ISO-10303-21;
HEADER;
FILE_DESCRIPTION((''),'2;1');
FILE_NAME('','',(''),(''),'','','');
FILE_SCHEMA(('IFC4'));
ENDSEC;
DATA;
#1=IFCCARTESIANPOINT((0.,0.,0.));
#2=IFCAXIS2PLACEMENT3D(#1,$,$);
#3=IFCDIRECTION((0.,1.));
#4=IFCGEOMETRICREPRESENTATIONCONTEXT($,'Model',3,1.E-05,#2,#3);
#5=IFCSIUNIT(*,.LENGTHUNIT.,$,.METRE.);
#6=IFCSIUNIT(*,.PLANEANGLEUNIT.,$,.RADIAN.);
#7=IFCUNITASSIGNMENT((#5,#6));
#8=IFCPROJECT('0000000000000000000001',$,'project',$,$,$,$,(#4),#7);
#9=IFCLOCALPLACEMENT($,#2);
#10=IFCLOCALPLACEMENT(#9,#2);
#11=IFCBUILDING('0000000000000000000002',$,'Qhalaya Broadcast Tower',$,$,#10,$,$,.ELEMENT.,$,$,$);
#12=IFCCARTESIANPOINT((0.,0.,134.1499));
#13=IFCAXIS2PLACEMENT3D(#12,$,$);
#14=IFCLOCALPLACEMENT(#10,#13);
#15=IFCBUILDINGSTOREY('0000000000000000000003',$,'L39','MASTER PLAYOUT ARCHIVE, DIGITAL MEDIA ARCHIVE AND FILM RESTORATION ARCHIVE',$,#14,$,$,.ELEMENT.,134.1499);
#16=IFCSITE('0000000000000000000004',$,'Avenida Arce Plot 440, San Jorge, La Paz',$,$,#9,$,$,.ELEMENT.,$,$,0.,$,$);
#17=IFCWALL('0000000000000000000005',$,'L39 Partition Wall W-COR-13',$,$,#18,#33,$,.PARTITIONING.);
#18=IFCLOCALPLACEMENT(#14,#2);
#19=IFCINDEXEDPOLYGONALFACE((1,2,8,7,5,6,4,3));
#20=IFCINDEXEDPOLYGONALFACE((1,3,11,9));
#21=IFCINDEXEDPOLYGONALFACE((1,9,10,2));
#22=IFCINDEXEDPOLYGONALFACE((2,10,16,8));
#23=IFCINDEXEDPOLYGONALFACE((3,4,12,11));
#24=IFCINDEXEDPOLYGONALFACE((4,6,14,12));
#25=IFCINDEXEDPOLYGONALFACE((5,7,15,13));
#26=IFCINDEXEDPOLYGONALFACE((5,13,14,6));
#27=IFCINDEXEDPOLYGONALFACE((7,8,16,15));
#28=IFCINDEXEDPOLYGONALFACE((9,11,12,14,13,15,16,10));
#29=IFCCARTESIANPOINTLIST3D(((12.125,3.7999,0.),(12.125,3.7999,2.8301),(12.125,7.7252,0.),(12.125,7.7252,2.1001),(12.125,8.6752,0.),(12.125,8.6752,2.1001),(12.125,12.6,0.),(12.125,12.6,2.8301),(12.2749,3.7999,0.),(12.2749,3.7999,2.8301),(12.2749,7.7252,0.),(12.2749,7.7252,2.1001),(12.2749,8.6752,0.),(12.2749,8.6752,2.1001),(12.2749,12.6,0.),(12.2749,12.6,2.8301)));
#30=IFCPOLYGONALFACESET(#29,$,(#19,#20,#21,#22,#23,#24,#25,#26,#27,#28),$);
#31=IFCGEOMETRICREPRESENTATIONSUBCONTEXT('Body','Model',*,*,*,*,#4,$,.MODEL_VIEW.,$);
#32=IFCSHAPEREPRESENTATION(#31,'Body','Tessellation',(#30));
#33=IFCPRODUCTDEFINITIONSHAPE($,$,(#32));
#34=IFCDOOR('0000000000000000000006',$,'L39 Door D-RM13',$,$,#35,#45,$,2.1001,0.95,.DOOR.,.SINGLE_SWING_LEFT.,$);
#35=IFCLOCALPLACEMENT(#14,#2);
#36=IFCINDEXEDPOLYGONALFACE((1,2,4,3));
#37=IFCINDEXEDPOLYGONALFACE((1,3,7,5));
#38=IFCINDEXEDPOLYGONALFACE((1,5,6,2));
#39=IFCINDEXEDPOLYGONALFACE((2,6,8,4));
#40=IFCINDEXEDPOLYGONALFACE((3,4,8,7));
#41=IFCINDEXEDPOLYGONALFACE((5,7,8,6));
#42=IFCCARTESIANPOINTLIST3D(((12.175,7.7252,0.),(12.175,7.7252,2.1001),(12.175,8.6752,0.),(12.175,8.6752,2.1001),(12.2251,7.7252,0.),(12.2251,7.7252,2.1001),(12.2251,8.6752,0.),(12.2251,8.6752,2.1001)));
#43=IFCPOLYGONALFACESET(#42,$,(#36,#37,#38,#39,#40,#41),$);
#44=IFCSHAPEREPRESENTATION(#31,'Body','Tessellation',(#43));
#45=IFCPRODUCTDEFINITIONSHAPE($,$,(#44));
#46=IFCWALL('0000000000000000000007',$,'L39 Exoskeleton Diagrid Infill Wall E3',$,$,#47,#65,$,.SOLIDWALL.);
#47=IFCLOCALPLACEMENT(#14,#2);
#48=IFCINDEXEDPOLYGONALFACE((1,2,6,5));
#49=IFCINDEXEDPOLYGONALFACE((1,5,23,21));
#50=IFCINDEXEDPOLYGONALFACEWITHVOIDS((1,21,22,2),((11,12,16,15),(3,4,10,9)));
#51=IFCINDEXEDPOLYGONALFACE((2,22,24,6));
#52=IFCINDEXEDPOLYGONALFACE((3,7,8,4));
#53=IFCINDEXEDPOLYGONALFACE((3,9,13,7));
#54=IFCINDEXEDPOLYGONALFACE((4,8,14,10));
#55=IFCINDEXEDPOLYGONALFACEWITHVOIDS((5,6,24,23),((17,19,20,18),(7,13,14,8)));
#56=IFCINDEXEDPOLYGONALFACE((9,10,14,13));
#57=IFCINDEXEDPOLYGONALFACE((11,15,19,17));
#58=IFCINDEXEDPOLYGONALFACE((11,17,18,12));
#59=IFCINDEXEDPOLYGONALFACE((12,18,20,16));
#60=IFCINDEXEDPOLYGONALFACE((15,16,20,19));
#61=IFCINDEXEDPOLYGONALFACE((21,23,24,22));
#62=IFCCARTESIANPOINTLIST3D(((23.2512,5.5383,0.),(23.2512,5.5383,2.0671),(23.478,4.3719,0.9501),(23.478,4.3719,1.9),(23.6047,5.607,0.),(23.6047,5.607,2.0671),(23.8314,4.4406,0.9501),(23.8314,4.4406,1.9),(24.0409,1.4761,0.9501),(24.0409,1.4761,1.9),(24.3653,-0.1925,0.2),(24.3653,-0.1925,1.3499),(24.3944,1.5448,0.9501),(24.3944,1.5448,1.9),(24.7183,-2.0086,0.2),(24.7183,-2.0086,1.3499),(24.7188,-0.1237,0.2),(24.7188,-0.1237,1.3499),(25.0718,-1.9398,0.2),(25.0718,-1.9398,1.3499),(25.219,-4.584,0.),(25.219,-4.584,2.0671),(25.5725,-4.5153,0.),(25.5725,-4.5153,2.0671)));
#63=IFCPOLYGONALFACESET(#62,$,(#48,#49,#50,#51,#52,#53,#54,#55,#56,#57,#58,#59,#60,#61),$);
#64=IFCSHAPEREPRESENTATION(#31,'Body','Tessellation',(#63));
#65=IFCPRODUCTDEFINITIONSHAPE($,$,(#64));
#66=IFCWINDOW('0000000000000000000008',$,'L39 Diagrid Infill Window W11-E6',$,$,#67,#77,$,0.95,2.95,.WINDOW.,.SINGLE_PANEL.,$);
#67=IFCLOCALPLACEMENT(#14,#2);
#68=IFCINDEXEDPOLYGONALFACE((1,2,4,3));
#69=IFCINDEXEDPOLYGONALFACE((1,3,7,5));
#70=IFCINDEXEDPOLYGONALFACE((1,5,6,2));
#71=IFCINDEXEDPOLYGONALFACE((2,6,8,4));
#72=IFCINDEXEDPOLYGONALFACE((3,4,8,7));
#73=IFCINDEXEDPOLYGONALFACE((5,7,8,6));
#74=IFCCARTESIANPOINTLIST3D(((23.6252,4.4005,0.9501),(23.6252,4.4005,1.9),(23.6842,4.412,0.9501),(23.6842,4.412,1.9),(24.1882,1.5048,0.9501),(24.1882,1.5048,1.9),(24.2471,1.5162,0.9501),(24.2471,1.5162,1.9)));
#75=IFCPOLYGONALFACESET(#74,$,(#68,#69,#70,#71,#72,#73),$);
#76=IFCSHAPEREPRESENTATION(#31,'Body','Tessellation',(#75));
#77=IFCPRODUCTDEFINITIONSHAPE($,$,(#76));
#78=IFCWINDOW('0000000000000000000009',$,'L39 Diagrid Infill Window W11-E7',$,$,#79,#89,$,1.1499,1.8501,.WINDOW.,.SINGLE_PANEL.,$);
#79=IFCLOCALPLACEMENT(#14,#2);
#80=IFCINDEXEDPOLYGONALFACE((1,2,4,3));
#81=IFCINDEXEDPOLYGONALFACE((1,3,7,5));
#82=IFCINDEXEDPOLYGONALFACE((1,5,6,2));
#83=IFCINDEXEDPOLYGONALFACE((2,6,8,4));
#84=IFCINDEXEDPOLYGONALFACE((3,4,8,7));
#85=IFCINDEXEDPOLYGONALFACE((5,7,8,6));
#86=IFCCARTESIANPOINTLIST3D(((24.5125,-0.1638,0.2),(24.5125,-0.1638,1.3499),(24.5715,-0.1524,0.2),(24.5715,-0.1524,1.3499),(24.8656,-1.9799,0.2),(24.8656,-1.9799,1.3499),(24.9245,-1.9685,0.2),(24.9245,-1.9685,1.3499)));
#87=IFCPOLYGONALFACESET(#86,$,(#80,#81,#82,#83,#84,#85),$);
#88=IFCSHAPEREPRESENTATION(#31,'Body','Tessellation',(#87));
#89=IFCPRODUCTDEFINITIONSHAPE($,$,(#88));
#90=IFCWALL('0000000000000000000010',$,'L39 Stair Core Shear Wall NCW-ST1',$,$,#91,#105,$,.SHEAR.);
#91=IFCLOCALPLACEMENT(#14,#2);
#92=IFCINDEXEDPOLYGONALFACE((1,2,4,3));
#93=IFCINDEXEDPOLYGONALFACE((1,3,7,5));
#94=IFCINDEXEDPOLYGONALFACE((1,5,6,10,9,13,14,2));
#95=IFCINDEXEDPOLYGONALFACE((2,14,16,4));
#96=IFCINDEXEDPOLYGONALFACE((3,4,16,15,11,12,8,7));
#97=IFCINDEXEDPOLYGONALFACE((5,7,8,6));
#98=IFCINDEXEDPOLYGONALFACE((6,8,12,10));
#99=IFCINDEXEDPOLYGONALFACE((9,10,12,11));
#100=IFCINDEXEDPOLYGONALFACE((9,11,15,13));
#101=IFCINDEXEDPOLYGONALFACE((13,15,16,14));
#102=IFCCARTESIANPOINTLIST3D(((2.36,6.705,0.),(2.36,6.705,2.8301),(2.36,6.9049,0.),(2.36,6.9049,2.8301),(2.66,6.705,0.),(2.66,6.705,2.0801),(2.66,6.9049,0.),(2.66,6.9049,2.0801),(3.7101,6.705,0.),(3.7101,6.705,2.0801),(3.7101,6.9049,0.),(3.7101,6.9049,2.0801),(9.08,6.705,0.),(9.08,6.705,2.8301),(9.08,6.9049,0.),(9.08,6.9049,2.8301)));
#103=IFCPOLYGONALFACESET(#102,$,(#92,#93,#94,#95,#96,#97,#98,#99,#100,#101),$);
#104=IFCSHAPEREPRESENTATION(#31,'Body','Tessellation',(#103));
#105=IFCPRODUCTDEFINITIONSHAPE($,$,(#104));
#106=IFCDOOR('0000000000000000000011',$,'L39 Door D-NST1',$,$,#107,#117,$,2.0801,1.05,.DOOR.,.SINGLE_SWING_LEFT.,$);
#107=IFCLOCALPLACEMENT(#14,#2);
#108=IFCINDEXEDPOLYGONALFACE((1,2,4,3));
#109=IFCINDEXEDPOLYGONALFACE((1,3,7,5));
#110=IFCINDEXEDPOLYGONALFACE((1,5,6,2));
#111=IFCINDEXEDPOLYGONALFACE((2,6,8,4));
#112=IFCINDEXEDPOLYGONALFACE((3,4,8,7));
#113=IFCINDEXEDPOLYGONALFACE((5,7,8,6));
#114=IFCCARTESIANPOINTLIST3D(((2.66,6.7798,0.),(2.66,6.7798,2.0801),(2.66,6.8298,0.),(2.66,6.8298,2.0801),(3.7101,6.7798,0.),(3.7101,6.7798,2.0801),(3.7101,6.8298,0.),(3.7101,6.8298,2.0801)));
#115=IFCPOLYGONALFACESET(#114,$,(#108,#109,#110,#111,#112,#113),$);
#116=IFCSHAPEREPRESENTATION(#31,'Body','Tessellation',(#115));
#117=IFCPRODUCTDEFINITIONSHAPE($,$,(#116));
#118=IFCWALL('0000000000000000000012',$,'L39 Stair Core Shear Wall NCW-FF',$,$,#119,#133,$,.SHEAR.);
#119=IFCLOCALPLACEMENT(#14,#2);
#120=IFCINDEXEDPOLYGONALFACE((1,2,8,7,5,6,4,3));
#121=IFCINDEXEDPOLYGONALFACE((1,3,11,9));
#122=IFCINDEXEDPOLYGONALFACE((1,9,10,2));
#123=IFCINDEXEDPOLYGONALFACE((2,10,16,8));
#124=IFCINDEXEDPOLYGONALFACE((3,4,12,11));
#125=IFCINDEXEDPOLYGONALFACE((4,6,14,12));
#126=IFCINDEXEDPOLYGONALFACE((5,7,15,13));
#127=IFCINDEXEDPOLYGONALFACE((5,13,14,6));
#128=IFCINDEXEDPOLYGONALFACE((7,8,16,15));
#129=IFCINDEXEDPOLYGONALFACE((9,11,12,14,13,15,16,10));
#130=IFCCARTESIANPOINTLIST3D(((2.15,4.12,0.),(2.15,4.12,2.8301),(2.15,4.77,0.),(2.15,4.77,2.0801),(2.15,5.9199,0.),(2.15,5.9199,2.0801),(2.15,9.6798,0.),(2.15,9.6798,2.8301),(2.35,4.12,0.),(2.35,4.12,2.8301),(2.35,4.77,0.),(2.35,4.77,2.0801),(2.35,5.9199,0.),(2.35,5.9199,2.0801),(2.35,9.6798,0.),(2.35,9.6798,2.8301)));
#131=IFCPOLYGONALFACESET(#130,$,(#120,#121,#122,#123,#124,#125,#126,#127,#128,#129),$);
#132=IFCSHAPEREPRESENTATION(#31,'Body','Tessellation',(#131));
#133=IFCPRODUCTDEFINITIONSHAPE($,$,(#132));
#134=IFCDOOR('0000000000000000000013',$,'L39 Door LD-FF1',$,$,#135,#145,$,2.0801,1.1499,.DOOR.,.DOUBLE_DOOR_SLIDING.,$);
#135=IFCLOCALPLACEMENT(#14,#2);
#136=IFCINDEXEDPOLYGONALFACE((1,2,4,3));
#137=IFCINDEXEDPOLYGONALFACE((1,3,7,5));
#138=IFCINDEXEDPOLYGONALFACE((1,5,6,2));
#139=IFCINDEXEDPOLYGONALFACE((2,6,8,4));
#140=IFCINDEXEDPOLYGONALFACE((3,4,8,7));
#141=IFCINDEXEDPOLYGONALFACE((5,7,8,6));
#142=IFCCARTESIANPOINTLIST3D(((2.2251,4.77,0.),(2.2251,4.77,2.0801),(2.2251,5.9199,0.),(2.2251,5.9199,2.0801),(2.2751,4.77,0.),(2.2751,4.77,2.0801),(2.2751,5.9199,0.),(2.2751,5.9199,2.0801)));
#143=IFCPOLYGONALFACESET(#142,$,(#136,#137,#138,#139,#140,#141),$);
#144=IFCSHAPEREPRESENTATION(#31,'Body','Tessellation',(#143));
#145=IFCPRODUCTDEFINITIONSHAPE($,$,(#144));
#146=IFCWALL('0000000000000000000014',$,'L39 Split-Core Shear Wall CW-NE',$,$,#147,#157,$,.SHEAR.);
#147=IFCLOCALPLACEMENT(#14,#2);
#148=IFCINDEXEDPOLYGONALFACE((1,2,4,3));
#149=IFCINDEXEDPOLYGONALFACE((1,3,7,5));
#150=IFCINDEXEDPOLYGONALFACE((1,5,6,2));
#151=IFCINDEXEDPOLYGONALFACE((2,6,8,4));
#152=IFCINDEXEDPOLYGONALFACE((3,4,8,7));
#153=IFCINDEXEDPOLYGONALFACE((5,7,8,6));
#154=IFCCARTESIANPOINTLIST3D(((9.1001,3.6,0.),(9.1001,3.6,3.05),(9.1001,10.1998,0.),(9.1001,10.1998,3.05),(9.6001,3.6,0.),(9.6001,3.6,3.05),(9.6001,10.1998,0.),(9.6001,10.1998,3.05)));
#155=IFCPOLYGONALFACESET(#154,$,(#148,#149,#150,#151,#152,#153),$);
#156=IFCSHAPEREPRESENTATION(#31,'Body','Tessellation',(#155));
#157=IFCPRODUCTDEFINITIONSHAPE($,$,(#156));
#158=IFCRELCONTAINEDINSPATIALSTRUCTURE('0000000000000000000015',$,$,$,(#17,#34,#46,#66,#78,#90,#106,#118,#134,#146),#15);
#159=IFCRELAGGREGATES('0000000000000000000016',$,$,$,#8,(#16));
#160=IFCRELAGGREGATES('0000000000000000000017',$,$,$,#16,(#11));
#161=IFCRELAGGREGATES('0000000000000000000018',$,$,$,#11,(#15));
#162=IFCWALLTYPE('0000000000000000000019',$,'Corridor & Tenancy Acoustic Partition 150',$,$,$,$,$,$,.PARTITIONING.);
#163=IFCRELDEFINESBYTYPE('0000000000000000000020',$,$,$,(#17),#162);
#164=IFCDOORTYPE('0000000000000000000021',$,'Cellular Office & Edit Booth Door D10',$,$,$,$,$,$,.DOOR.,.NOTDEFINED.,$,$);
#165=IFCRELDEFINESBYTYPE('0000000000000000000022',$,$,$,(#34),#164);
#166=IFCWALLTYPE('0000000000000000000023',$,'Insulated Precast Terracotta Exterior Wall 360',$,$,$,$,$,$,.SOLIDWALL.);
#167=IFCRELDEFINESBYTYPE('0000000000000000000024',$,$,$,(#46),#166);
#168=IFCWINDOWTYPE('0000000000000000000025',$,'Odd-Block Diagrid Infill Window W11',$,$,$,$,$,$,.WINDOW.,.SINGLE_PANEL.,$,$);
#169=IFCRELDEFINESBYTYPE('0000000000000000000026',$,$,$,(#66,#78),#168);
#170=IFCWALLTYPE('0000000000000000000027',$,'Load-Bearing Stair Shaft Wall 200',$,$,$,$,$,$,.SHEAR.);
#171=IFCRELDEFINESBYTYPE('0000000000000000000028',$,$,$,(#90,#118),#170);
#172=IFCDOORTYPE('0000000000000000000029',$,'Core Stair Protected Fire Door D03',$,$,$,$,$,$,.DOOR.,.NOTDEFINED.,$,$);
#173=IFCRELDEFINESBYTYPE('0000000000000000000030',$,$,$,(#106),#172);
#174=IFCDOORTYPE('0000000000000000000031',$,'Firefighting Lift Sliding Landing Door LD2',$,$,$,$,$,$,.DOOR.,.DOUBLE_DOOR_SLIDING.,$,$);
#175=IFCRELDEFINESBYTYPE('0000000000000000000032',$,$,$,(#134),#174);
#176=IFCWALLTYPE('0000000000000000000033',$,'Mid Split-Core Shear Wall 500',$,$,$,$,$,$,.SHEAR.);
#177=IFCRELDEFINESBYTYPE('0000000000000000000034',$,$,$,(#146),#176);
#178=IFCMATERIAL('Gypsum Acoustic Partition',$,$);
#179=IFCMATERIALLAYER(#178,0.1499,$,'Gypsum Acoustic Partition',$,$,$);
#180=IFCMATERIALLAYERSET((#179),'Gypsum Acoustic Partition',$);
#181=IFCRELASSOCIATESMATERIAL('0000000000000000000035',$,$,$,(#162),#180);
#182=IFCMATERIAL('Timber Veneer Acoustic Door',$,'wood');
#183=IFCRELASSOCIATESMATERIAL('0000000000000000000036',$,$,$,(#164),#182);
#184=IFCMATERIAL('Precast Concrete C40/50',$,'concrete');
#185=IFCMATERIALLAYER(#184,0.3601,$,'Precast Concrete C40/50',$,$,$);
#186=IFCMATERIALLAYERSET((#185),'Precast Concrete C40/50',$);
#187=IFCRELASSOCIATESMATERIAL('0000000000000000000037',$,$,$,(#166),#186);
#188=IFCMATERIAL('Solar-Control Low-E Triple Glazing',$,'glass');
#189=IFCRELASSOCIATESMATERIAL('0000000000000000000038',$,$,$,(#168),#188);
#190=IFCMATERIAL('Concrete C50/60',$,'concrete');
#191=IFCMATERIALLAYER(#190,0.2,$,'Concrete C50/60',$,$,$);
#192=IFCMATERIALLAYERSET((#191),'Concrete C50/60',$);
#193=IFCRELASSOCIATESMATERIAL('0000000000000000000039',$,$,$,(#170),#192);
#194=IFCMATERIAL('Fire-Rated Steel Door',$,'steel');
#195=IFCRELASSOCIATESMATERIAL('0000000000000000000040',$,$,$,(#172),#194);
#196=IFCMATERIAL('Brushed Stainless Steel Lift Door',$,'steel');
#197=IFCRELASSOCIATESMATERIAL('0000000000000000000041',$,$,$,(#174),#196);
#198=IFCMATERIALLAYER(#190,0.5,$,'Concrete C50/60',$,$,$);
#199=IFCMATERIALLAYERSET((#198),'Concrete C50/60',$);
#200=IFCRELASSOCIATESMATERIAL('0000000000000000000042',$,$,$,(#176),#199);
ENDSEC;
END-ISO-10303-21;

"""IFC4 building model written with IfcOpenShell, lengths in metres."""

from ifc_helpers import new_model, si_unit, direction, frame, frame_2d, origin, place, context, subcontext, project, spatial, rectangle, extrude, material, layer, layer_set, type_object, element, fill, save


model = new_model("IFC4")

# Units and contexts
model_context = context("Model", 3, precision=1e-05, world=origin(), true_north=direction((0.0, 1.0)))
body_context = subcontext(model_context, "Body", "Model", "MODEL_VIEW")
ifc_project = project(units=[si_unit("LENGTHUNIT", "METRE"), si_unit("PLANEANGLEUNIT", "RADIAN")], contexts=[model_context])

# Site, building, storey
site_placement = place(None, origin())
site = spatial("IfcSite", under=ifc_project, at=site_placement, Name="Avenida Arce Plot 440, San Jorge, La Paz", CompositionType="ELEMENT", RefElevation=0.0)
building_placement = place(site_placement, origin())
building = spatial("IfcBuilding", under=site, at=building_placement, Name="Qhalaya Broadcast Tower", CompositionType="ELEMENT")
storey_placement = place(building_placement, frame((0.0, 0.0, 134.1499)))
storey = spatial("IfcBuildingStorey", under=building, at=storey_placement, Name="L39", Description="MASTER PLAYOUT ARCHIVE, DIGITAL MEDIA ARCHIVE AND FILM RESTORATION ARCHIVE", CompositionType="ELEMENT", Elevation=134.1499)

# Shared definitions
ifc_material_1 = material(Name="Concrete C50/60", Category="concrete")

# Wall, opening, door
ifc_material_2 = material(Name="Gypsum Acoustic Partition")
ifc_layer_1 = layer(ifc_material_2, 0.1499, Name="Gypsum Acoustic Partition")
ifc_layer_set_1 = layer_set([ifc_layer_1], Name="Gypsum Acoustic Partition")
wall_type_1 = type_object("IfcWallType", Name="Corridor & Tenancy Acoustic Partition 150", PredefinedType="PARTITIONING", material=ifc_layer_set_1)
wall_1_placement = place(storey_placement, frame((12.2, 3.8, 0.0), z_axis=(0.0, 0.0, 1.0), x_axis=(0.0, 1.0, 0.0)))
wall_1 = element("IfcWall", 1, at=wall_1_placement, inside=storey, type_object=wall_type_1, Name="L39 Partition Wall W-COR-13", PredefinedType="PARTITIONING", context=body_context, shape_type="SweptSolid", body=[
    extrude(rectangle(XDim=8.8, YDim=0.1499, at=frame_2d((4.3999, 0.0))), origin(), (0.0, 0.0, 1.0), 2.8301),
])
opening_1_placement = place(wall_1_placement, frame((3.925, 0.0, 0.0)))
opening_1 = element("IfcOpeningElement", 2, at=opening_1_placement, cuts=wall_1, PredefinedType="OPENING", context=body_context, shape_type="SweptSolid", body=[
    extrude(rectangle(XDim=0.95, YDim=2.1001, at=frame_2d((0.4751, 1.05))), frame((0.0, 0.0869, 0.0), z_axis=(0.0, -1.0, 0.0), x_axis=(1.0, 0.0, 0.0)), (0.0, 0.0, 1.0), 0.1738),
])
ifc_material_3 = material(Name="Timber Veneer Acoustic Door", Category="wood")
door_type_1 = type_object("IfcDoorType", Name="Cellular Office & Edit Booth Door D10", OperationType="NOTDEFINED", PredefinedType="DOOR", material=ifc_material_3)
door_1_placement = place(opening_1_placement, origin())
door_1 = element("IfcDoor", 3, at=door_1_placement, inside=storey, type_object=door_type_1, Name="L39 Door D-RM13", OperationType="SINGLE_SWING_LEFT", OverallHeight=2.1001, OverallWidth=0.95, PredefinedType="DOOR", context=body_context, shape_type="SweptSolid", body=[
    extrude(rectangle(XDim=0.95, YDim=2.1001, at=frame_2d((0.4751, 1.05))), frame((0.0, 0.0249, 0.0), z_axis=(0.0, -1.0, 0.0), x_axis=(1.0, 0.0, 0.0)), (0.0, 0.0, 1.0), 0.05),
])
fill(opening_1, door_1)

# Wall, openings, windows
ifc_material_4 = material(Name="Precast Concrete C40/50", Category="concrete")
ifc_layer_2 = layer(ifc_material_4, 0.3601, Name="Precast Concrete C40/50")
ifc_layer_set_2 = layer_set([ifc_layer_2], Name="Precast Concrete C40/50")
wall_type_2 = type_object("IfcWallType", Name="Insulated Precast Terracotta Exterior Wall 360", PredefinedType="SOLIDWALL", material=ifc_layer_set_2)
wall_2_placement = place(storey_placement, frame((23.428, 5.5725, 0.0), z_axis=(0.0, 0.0, 1.0), x_axis=(0.190827, -0.981624, 0.0)))
wall_2 = element("IfcWall", 4, at=wall_2_placement, inside=storey, type_object=wall_type_2, Name="L39 Exoskeleton Diagrid Infill Wall E3", PredefinedType="SOLIDWALL", context=body_context, shape_type="SweptSolid", body=[
    extrude(rectangle(XDim=10.3118, YDim=0.3601, at=frame_2d((5.1558, 0.0))), origin(), (0.0, 0.0, 1.0), 2.0671),
])
opening_2_placement = place(wall_2_placement, frame((1.188, 0.0, 0.95)))
opening_2 = element("IfcOpeningElement", 5, at=opening_2_placement, cuts=wall_2, PredefinedType="OPENING", context=body_context, shape_type="SweptSolid", body=[
    extrude(rectangle(XDim=2.95, YDim=0.95, at=frame_2d((1.4751, 0.4751))), frame((0.0, 0.1921, 0.0), z_axis=(0.0, -1.0, 0.0), x_axis=(1.0, 0.0, 0.0)), (0.0, 0.0, 1.0), 0.384),
])
opening_3_placement = place(wall_2_placement, frame((5.8379, 0.0, 0.2)))
opening_3 = element("IfcOpeningElement", 6, at=opening_3_placement, cuts=wall_2, PredefinedType="OPENING", context=body_context, shape_type="SweptSolid", body=[
    extrude(rectangle(XDim=1.8501, YDim=1.1499, at=frame_2d((0.925, 0.575))), frame((0.0, 0.1921, 0.0), z_axis=(0.0, -1.0, 0.0), x_axis=(1.0, 0.0, 0.0)), (0.0, 0.0, 1.0), 0.384),
])
ifc_material_5 = material(Name="Solar-Control Low-E Triple Glazing", Category="glass")
window_type = type_object("IfcWindowType", Name="Odd-Block Diagrid Infill Window W11", PartitioningType="SINGLE_PANEL", PredefinedType="WINDOW", material=ifc_material_5)
window_1_placement = place(opening_2_placement, origin())
window_1 = element("IfcWindow", 7, at=window_1_placement, inside=storey, type_object=window_type, Name="L39 Diagrid Infill Window W11-E6", OverallHeight=0.95, OverallWidth=2.95, PartitioningType="SINGLE_PANEL", PredefinedType="WINDOW", context=body_context, shape_type="SweptSolid", body=[
    extrude(rectangle(XDim=2.95, YDim=0.95, at=frame_2d((1.4751, 0.4751))), frame((0.0, 0.03, 0.0), z_axis=(0.0, -1.0, 0.0), x_axis=(1.0, 0.0, 0.0)), (0.0, 0.0, 1.0), 0.0601),
])
fill(opening_2, window_1)
window_2_placement = place(opening_3_placement, origin())
window_2 = element("IfcWindow", 8, at=window_2_placement, inside=storey, type_object=window_type, Name="L39 Diagrid Infill Window W11-E7", OverallHeight=1.1499, OverallWidth=1.8501, PartitioningType="SINGLE_PANEL", PredefinedType="WINDOW", context=body_context, shape_type="SweptSolid", body=[
    extrude(rectangle(XDim=1.8501, YDim=1.1499, at=frame_2d((0.925, 0.575))), frame((0.0, 0.03, 0.0), z_axis=(0.0, -1.0, 0.0), x_axis=(1.0, 0.0, 0.0)), (0.0, 0.0, 1.0), 0.0601),
])
fill(opening_3, window_2)

# Walls, openings, doors
ifc_layer_3 = layer(ifc_material_1, 0.2, Name="Concrete C50/60")
ifc_layer_set_3 = layer_set([ifc_layer_3], Name="Concrete C50/60")
wall_type_3 = type_object("IfcWallType", Name="Load-Bearing Stair Shaft Wall 200", PredefinedType="SHEAR", material=ifc_layer_set_3)
wall_3_placement = place(storey_placement, frame((2.3601, 6.8049, 0.0), z_axis=(0.0, 0.0, 1.0), x_axis=(1.0, 0.0, 0.0)))
wall_3 = element("IfcWall", 9, at=wall_3_placement, inside=storey, type_object=wall_type_3, Name="L39 Stair Core Shear Wall NCW-ST1", PredefinedType="SHEAR", context=body_context, shape_type="SweptSolid", body=[
    extrude(rectangle(XDim=6.72, YDim=0.2, at=frame_2d((3.3599, 0.0))), origin(), (0.0, 0.0, 1.0), 2.8301),
])
opening_4_placement = place(wall_3_placement, frame((0.3, 0.0, 0.0)))
opening_4 = element("IfcOpeningElement", 10, at=opening_4_placement, cuts=wall_3, PredefinedType="OPENING", context=body_context, shape_type="SweptSolid", body=[
    extrude(rectangle(XDim=1.05, YDim=2.0801, at=frame_2d((0.5249, 1.04))), frame((0.0, 0.1121, 0.0), z_axis=(0.0, -1.0, 0.0), x_axis=(1.0, 0.0, 0.0)), (0.0, 0.0, 1.0), 0.2239),
])
ifc_material_6 = material(Name="Fire-Rated Steel Door", Category="steel")
door_type_2 = type_object("IfcDoorType", Name="Core Stair Protected Fire Door D03", OperationType="NOTDEFINED", PredefinedType="DOOR", material=ifc_material_6)
door_2_placement = place(opening_4_placement, origin())
door_2 = element("IfcDoor", 11, at=door_2_placement, inside=storey, type_object=door_type_2, Name="L39 Door D-NST1", OperationType="SINGLE_SWING_LEFT", OverallHeight=2.0801, OverallWidth=1.05, PredefinedType="DOOR", context=body_context, shape_type="SweptSolid", body=[
    extrude(rectangle(XDim=1.05, YDim=2.0801, at=frame_2d((0.5249, 1.04))), frame((0.0, 0.0249, 0.0), z_axis=(0.0, -1.0, 0.0), x_axis=(1.0, 0.0, 0.0)), (0.0, 0.0, 1.0), 0.05),
])
fill(opening_4, door_2)
wall_4_placement = place(storey_placement, frame((2.25, 4.1201, 0.0), z_axis=(0.0, 0.0, 1.0), x_axis=(0.0, 1.0, 0.0)))
wall_4 = element("IfcWall", 12, at=wall_4_placement, inside=storey, type_object=wall_type_3, Name="L39 Stair Core Shear Wall NCW-FF", PredefinedType="SHEAR", context=body_context, shape_type="SweptSolid", body=[
    extrude(rectangle(XDim=5.5598, YDim=0.2, at=frame_2d((2.7798, 0.0))), origin(), (0.0, 0.0, 1.0), 2.8301),
])
opening_5_placement = place(wall_4_placement, frame((0.6499, 0.0, 0.0)))
opening_5 = element("IfcOpeningElement", 13, at=opening_5_placement, cuts=wall_4, PredefinedType="OPENING", context=body_context, shape_type="SweptSolid", body=[
    extrude(rectangle(XDim=1.1499, YDim=2.0801, at=frame_2d((0.575, 1.04))), frame((0.0, 0.1121, 0.0), z_axis=(0.0, -1.0, 0.0), x_axis=(1.0, 0.0, 0.0)), (0.0, 0.0, 1.0), 0.2239),
])
ifc_material_7 = material(Name="Brushed Stainless Steel Lift Door", Category="steel")
door_type_3 = type_object("IfcDoorType", Name="Firefighting Lift Sliding Landing Door LD2", OperationType="DOUBLE_DOOR_SLIDING", PredefinedType="DOOR", material=ifc_material_7)
door_3_placement = place(opening_5_placement, origin())
door_3 = element("IfcDoor", 14, at=door_3_placement, inside=storey, type_object=door_type_3, Name="L39 Door LD-FF1", OperationType="DOUBLE_DOOR_SLIDING", OverallHeight=2.0801, OverallWidth=1.1499, PredefinedType="DOOR", context=body_context, shape_type="SweptSolid", body=[
    extrude(rectangle(XDim=1.1499, YDim=2.0801, at=frame_2d((0.575, 1.04))), frame((0.0, 0.0249, 0.0), z_axis=(0.0, -1.0, 0.0), x_axis=(1.0, 0.0, 0.0)), (0.0, 0.0, 1.0), 0.05),
])
fill(opening_5, door_3)

# Wall
ifc_layer_4 = layer(ifc_material_1, 0.5, Name="Concrete C50/60")
ifc_layer_set_4 = layer_set([ifc_layer_4], Name="Concrete C50/60")
wall_type_4 = type_object("IfcWallType", Name="Mid Split-Core Shear Wall 500", PredefinedType="SHEAR", material=ifc_layer_set_4)
wall_5_placement = place(storey_placement, frame((9.3501, 3.6001, 0.0), z_axis=(0.0, 0.0, 1.0), x_axis=(0.0, 1.0, 0.0)))
element("IfcWall", 15, at=wall_5_placement, inside=storey, type_object=wall_type_4, Name="L39 Split-Core Shear Wall CW-NE", PredefinedType="SHEAR", context=body_context, shape_type="SweptSolid", body=[
    extrude(rectangle(XDim=6.5999, YDim=0.5, at=frame_2d((3.2998, 0.0))), origin(), (0.0, 0.0, 1.0), 3.05),
])

save(model, "model.ifc")
